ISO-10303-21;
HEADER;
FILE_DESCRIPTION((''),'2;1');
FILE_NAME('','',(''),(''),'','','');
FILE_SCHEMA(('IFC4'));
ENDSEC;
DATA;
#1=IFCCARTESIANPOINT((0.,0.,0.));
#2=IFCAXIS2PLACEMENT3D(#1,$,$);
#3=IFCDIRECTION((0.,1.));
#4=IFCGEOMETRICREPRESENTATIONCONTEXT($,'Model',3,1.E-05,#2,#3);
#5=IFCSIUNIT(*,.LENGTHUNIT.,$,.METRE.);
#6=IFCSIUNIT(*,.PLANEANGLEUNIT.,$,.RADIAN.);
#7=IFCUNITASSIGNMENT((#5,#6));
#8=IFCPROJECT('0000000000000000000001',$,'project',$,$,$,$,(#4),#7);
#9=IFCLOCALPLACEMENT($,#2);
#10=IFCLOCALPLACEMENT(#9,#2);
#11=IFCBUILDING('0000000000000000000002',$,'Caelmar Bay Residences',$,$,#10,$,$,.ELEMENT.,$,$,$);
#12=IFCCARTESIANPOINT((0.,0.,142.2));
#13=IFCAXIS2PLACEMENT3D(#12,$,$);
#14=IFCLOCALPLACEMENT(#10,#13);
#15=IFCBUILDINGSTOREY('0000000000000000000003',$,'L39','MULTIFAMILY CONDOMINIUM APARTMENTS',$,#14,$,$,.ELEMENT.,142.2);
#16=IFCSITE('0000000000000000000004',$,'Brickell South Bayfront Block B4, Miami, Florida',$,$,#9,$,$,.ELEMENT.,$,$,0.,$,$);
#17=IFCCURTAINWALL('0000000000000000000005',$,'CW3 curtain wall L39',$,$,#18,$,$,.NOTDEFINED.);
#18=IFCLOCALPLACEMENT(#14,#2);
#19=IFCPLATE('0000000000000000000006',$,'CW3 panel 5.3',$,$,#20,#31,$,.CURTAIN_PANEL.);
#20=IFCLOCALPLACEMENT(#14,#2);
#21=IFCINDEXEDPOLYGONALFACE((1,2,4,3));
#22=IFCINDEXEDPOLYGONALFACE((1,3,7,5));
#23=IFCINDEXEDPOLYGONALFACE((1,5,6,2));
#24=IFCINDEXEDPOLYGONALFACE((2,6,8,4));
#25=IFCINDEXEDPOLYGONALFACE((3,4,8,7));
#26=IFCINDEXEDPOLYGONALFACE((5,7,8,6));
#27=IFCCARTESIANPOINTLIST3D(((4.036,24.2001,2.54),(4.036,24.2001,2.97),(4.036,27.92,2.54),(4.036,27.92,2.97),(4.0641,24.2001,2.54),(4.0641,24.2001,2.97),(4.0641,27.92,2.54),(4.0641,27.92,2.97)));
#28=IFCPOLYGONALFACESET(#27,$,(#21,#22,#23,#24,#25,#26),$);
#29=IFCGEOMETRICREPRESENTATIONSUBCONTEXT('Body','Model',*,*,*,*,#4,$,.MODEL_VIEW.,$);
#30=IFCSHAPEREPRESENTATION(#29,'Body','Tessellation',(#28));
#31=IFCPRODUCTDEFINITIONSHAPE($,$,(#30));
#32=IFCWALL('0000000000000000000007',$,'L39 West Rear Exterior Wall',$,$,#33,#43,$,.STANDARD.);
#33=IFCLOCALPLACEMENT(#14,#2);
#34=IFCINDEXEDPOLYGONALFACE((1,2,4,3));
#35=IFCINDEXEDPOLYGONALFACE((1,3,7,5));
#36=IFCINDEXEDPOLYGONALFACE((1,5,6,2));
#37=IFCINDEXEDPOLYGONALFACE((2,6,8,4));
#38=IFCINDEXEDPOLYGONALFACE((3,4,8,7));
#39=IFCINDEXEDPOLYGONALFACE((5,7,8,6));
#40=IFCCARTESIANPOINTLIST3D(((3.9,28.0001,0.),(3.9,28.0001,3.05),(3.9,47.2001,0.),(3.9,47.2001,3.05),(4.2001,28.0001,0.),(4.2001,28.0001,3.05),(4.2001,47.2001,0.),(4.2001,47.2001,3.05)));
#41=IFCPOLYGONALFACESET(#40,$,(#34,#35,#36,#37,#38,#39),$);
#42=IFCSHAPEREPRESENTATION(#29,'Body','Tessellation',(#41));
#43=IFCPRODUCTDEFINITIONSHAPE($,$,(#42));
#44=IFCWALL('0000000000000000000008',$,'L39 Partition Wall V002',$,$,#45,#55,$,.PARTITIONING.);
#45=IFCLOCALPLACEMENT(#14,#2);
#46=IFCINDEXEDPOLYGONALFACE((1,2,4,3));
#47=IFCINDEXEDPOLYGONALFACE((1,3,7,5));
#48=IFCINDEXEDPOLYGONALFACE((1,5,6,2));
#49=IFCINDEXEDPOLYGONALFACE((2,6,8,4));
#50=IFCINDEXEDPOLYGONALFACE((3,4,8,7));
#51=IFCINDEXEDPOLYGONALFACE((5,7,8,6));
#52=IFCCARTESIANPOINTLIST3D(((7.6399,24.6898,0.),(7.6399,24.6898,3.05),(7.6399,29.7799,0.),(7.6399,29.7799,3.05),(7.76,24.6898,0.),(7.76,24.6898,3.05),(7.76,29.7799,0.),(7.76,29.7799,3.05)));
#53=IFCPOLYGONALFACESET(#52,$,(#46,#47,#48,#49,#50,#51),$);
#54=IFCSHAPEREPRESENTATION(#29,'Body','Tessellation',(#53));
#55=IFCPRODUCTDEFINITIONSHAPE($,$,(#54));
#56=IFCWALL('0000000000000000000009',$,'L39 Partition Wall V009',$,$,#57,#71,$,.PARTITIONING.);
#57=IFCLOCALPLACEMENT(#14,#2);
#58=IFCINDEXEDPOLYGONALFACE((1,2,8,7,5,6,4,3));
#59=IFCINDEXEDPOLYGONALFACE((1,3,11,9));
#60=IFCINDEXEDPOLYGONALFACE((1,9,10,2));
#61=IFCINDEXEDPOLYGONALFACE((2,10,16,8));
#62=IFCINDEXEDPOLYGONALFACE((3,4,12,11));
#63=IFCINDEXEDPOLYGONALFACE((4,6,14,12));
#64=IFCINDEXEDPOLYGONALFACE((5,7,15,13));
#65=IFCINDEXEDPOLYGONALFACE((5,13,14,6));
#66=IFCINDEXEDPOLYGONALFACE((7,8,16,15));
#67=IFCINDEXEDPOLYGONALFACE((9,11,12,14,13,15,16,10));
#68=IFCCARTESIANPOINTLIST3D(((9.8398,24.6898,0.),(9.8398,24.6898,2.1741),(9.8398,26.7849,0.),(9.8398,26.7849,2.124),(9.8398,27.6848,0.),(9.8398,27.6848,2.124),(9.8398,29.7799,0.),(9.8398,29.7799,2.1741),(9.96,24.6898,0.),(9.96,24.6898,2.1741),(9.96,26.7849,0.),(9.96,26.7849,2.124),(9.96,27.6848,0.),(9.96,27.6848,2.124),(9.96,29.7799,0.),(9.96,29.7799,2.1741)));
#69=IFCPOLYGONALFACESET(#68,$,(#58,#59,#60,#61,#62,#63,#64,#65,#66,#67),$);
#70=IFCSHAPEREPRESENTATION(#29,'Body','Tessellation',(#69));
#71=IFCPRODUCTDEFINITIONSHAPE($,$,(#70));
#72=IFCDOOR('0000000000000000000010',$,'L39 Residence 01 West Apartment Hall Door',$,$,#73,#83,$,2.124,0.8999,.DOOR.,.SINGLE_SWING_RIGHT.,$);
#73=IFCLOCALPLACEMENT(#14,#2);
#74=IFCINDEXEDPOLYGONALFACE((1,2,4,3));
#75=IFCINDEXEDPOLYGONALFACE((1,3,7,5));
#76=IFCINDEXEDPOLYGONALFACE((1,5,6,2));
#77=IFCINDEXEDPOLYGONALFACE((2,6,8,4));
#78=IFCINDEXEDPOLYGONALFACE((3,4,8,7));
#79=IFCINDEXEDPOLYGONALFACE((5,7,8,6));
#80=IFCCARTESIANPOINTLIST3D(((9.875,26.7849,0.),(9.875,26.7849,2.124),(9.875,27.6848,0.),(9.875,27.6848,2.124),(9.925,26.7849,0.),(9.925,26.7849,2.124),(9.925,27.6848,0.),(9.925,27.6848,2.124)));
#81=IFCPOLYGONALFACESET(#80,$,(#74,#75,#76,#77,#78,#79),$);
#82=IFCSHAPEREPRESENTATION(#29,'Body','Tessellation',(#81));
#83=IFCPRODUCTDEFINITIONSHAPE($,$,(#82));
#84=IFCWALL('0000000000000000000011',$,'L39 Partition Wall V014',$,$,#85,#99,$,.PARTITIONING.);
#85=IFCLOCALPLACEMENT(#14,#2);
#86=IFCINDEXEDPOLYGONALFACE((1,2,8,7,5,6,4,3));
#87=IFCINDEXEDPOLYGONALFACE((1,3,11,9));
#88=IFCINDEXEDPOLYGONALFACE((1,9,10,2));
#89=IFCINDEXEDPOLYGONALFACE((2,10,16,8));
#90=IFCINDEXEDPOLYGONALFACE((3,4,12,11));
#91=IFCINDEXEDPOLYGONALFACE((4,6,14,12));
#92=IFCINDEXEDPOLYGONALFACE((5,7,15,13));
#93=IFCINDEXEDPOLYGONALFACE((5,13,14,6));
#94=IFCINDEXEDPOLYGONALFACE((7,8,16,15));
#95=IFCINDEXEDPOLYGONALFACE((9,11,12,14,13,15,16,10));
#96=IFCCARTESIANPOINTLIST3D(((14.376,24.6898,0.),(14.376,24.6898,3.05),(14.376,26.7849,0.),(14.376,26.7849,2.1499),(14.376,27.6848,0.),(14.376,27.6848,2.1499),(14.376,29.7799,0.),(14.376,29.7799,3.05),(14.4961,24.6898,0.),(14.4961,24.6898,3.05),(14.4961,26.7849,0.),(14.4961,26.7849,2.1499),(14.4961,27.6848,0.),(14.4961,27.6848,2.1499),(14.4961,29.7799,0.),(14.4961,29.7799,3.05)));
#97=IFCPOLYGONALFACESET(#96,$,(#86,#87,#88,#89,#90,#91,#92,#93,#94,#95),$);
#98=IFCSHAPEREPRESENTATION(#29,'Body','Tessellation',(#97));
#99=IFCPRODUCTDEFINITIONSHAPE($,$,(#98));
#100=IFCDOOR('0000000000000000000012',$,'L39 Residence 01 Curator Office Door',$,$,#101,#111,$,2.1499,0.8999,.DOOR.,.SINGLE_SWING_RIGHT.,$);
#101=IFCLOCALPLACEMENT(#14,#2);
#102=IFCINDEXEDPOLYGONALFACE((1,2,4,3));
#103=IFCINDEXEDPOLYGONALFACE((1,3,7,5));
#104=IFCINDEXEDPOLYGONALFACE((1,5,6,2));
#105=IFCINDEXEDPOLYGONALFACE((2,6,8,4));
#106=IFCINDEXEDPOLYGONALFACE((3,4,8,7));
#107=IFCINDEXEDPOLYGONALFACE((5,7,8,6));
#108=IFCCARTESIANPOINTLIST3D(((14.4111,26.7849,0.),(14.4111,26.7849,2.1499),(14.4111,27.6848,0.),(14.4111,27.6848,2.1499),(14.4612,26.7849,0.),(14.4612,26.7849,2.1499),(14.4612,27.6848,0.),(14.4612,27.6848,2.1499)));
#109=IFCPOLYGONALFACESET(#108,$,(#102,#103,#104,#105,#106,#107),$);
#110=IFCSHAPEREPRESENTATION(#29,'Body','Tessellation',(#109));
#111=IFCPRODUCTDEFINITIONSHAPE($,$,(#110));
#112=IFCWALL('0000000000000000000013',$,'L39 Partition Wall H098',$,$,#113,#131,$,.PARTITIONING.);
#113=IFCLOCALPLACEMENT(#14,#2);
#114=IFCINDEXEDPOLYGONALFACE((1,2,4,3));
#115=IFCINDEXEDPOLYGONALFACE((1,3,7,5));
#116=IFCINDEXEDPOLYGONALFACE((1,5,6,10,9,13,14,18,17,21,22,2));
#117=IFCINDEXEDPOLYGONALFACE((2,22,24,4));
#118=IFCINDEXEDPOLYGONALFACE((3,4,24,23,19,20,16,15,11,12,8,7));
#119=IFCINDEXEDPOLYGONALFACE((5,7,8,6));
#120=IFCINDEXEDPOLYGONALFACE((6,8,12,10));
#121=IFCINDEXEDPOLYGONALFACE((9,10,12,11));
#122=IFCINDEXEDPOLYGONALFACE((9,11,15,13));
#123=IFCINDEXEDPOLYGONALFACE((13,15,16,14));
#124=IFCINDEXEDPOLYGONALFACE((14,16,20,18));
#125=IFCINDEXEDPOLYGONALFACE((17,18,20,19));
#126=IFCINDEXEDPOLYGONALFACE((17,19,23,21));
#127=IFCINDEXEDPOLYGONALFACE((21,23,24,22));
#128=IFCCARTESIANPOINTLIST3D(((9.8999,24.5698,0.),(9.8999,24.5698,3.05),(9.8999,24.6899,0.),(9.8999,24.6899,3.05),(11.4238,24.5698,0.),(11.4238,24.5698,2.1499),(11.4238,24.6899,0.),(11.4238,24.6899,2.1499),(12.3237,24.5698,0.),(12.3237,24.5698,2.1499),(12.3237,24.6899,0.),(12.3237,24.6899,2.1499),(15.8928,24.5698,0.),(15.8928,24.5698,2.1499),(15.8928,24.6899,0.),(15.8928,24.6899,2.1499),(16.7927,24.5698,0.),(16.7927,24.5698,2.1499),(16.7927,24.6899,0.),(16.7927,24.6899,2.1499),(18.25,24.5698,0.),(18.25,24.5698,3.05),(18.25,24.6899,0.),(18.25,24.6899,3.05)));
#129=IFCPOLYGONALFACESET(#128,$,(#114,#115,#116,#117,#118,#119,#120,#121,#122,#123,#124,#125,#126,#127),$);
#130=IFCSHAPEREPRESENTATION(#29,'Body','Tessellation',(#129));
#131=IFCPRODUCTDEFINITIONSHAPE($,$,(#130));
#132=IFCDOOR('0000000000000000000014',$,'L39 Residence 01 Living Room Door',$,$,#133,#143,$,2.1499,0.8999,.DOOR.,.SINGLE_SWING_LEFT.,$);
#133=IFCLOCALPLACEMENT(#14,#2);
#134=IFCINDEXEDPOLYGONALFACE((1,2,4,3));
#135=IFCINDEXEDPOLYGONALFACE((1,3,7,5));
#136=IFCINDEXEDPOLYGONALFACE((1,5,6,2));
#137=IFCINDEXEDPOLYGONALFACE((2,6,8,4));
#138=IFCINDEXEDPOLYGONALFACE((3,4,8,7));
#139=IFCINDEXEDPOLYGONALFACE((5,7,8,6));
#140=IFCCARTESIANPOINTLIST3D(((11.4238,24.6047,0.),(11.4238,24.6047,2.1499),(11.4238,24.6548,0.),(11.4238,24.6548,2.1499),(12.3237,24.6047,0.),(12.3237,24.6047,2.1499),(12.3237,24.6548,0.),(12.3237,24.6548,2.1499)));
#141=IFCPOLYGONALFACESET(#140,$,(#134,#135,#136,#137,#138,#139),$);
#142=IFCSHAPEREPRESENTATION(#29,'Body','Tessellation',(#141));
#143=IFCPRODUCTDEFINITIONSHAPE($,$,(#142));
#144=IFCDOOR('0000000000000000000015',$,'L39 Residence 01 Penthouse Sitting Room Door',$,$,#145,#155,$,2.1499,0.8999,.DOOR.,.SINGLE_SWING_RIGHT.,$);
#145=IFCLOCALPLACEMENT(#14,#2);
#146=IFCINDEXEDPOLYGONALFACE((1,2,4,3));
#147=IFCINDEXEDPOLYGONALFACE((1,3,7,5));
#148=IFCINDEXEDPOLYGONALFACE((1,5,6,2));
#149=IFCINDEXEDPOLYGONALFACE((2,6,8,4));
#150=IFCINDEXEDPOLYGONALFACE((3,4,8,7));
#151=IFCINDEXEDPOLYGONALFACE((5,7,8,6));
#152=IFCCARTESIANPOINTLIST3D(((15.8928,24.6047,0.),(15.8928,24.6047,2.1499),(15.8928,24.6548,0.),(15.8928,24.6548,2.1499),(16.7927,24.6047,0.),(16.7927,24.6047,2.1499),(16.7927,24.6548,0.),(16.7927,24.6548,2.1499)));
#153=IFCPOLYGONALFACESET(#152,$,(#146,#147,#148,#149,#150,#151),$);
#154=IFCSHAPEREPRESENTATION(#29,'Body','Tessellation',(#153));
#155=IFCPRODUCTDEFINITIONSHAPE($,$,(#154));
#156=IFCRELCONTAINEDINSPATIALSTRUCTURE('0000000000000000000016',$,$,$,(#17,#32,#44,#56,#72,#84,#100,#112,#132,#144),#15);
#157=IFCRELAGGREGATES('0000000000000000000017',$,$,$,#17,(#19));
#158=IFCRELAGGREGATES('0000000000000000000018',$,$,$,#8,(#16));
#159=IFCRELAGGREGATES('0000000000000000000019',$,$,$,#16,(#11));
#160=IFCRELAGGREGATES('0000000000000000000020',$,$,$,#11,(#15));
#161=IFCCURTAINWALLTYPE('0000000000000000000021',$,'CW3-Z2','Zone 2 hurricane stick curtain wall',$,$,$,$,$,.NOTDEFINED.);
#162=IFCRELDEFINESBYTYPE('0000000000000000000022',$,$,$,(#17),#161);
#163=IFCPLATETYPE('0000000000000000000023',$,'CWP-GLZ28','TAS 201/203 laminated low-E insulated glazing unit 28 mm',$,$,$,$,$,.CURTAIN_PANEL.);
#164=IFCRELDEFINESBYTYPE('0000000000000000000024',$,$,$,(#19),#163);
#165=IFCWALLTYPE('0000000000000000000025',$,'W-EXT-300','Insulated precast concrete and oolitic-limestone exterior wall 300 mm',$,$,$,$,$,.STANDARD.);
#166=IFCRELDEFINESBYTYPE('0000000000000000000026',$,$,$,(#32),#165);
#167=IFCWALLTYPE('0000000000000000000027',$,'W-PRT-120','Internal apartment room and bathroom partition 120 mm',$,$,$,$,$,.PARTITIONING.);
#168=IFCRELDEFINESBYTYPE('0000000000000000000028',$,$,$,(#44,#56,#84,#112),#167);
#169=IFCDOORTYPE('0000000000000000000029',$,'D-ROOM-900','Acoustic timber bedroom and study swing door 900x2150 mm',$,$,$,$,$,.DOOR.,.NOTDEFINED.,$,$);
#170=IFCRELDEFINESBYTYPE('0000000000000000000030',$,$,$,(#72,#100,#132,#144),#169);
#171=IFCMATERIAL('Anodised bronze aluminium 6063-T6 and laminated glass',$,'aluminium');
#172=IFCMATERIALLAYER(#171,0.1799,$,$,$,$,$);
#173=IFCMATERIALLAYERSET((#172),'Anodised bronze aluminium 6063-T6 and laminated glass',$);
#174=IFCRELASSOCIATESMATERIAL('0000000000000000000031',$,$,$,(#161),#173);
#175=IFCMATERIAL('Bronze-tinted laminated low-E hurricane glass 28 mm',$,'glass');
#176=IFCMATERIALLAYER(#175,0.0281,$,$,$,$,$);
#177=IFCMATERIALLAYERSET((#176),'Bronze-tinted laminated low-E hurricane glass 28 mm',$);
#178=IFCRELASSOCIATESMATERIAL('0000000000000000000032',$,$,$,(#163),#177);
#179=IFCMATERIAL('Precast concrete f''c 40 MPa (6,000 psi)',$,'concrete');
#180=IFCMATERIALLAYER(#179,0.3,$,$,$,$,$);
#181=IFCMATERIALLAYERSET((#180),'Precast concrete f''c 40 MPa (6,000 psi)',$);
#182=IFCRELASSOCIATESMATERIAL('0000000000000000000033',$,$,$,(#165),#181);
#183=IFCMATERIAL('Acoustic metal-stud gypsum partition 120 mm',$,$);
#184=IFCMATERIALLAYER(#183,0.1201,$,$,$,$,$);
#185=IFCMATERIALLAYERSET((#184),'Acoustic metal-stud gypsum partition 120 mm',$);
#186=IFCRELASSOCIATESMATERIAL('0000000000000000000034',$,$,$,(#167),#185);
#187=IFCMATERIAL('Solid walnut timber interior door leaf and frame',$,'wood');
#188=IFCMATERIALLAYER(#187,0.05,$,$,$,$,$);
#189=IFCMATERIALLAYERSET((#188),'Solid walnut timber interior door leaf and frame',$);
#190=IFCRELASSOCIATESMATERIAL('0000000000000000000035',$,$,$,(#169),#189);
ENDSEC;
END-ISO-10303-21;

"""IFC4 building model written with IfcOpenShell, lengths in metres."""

from ifc_helpers import new_model, si_unit, direction, frame, frame_2d, origin, origin_2d, place, context, subcontext, project, spatial, rectangle, extrude, material, layer, layer_set, type_object, element, fill, aggregate, save


model = new_model("IFC4")

# Units and contexts
model_context = context("Model", 3, precision=1e-05, world=origin(), true_north=direction((0.0, 1.0)))
body_context = subcontext(model_context, "Body", "Model", "MODEL_VIEW")
ifc_project = project(units=[si_unit("LENGTHUNIT", "METRE"), si_unit("PLANEANGLEUNIT", "RADIAN")], contexts=[model_context])

# Site, building, storey
site_placement = place(None, origin())
site = spatial("IfcSite", under=ifc_project, at=site_placement, Name="Brickell South Bayfront Block B4, Miami, Florida", CompositionType="ELEMENT", RefElevation=0.0)
building_placement = place(site_placement, origin())
building = spatial("IfcBuilding", under=site, at=building_placement, Name="Caelmar Bay Residences", CompositionType="ELEMENT")
storey_placement = place(building_placement, frame((0.0, 0.0, 142.2)))
storey = spatial("IfcBuildingStorey", under=building, at=storey_placement, Name="L39", Description="MULTIFAMILY CONDOMINIUM APARTMENTS", CompositionType="ELEMENT", Elevation=142.2)

# Curtain wall, plate
ifc_material_1 = material(Name="Anodised bronze aluminium 6063-T6 and laminated glass", Category="aluminium")
ifc_layer_1 = layer(ifc_material_1, 0.1799)
ifc_layer_set_1 = layer_set([ifc_layer_1], Name="Anodised bronze aluminium 6063-T6 and laminated glass")
curtain_wall_type = type_object("IfcCurtainWallType", Name="CW3-Z2", Description="Zone 2 hurricane stick curtain wall", PredefinedType="NOTDEFINED", material=ifc_layer_set_1)
curtain_wall_placement = place(storey_placement, origin())
curtain_wall = element("IfcCurtainWall", 1, at=curtain_wall_placement, inside=storey, type_object=curtain_wall_type, Name="CW3 curtain wall L39", PredefinedType="NOTDEFINED")
ifc_material_2 = material(Name="Bronze-tinted laminated low-E hurricane glass 28 mm", Category="glass")
ifc_layer_2 = layer(ifc_material_2, 0.0281)
ifc_layer_set_2 = layer_set([ifc_layer_2], Name="Bronze-tinted laminated low-E hurricane glass 28 mm")
plate_type = type_object("IfcPlateType", Name="CWP-GLZ28", Description="TAS 201/203 laminated low-E insulated glazing unit 28 mm", PredefinedType="CURTAIN_PANEL", material=ifc_layer_set_2)
plate_1_placement = place(storey_placement, frame((4.05, 26.0601, 2.54), z_axis=(0.0, 0.0, 1.0), x_axis=(0.0, 1.0, 0.0)))
plate_1 = element("IfcPlate", 2, at=plate_1_placement, type_object=plate_type, Name="CW3 panel 5.3", PredefinedType="CURTAIN_PANEL", context=body_context, shape_type="SweptSolid", body=[
    extrude(rectangle(XDim=3.72, YDim=0.0281, at=origin_2d()), origin(), (0.0, 0.0, 1.0), 0.4299),
])
aggregate(curtain_wall, [plate_1])

# Walls
ifc_material_3 = material(Name="Precast concrete f'c 40 MPa (6,000 psi)", Category="concrete")
ifc_layer_3 = layer(ifc_material_3, 0.3)
ifc_layer_set_3 = layer_set([ifc_layer_3], Name="Precast concrete f'c 40 MPa (6,000 psi)")
wall_type_1 = type_object("IfcWallType", Name="W-EXT-300", Description="Insulated precast concrete and oolitic-limestone exterior wall 300 mm", PredefinedType="STANDARD", material=ifc_layer_set_3)
wall_1_placement = place(storey_placement, frame((4.05, 28.0, 0.0), z_axis=(0.0, 0.0, 1.0), x_axis=(0.0, 1.0, 0.0)))
element("IfcWall", 3, at=wall_1_placement, inside=storey, type_object=wall_type_1, Name="L39 West Rear Exterior Wall", PredefinedType="STANDARD", context=body_context, shape_type="SweptSolid", body=[
    extrude(rectangle(XDim=19.2, YDim=0.3, at=frame_2d((9.6001, 0.0))), origin(), (0.0, 0.0, 1.0), 3.05),
])
ifc_material_4 = material(Name="Acoustic metal-stud gypsum partition 120 mm")
ifc_layer_4 = layer(ifc_material_4, 0.1201)
ifc_layer_set_4 = layer_set([ifc_layer_4], Name="Acoustic metal-stud gypsum partition 120 mm")
wall_type_2 = type_object("IfcWallType", Name="W-PRT-120", Description="Internal apartment room and bathroom partition 120 mm", PredefinedType="PARTITIONING", material=ifc_layer_set_4)
wall_2_placement = place(storey_placement, frame((7.7, 24.6899, 0.0), z_axis=(0.0, 0.0, 1.0), x_axis=(0.0, 1.0, 0.0)))
element("IfcWall", 4, at=wall_2_placement, inside=storey, type_object=wall_type_2, Name="L39 Partition Wall V002", PredefinedType="PARTITIONING", context=body_context, shape_type="SweptSolid", body=[
    extrude(rectangle(XDim=5.0901, YDim=0.1201, at=frame_2d((2.5449, 0.0))), origin(), (0.0, 0.0, 1.0), 3.05),
])

# Walls, openings, doors
wall_3_placement = place(storey_placement, frame((9.8999, 24.6899, 0.0), z_axis=(0.0, 0.0, 1.0), x_axis=(0.0, 1.0, 0.0)))
wall_3 = element("IfcWall", 5, at=wall_3_placement, inside=storey, type_object=wall_type_2, Name="L39 Partition Wall V009", PredefinedType="PARTITIONING", context=body_context, shape_type="SweptSolid", body=[
    extrude(rectangle(XDim=5.0901, YDim=0.1201, at=frame_2d((2.5449, 0.0))), origin(), (0.0, 0.0, 1.0), 2.1741),
])
opening_1_placement = place(wall_3_placement, frame((2.095, 0.0, 0.0)))
opening_1 = element("IfcOpeningElement", 6, at=opening_1_placement, cuts=wall_3, PredefinedType="OPENING", context=body_context, shape_type="SweptSolid", body=[
    extrude(rectangle(XDim=0.8999, YDim=2.124, at=frame_2d((0.45, 1.062))), frame((0.0, 0.0701, 0.0), z_axis=(0.0, -1.0, 0.0), x_axis=(1.0, 0.0, 0.0)), (0.0, 0.0, 1.0), 0.1401),
])
ifc_material_5 = material(Name="Solid walnut timber interior door leaf and frame", Category="wood")
ifc_layer_5 = layer(ifc_material_5, 0.05)
ifc_layer_set_5 = layer_set([ifc_layer_5], Name="Solid walnut timber interior door leaf and frame")
door_type = type_object("IfcDoorType", Name="D-ROOM-900", Description="Acoustic timber bedroom and study swing door 900x2150 mm", OperationType="NOTDEFINED", PredefinedType="DOOR", material=ifc_layer_set_5)
door_1_placement = place(opening_1_placement, origin())
door_1 = element("IfcDoor", 7, at=door_1_placement, inside=storey, type_object=door_type, Name="L39 Residence 01 West Apartment Hall Door", OperationType="SINGLE_SWING_RIGHT", OverallHeight=2.124, OverallWidth=0.8999, PredefinedType="DOOR", context=body_context, shape_type="SweptSolid", body=[
    extrude(rectangle(XDim=0.8999, YDim=2.124, at=frame_2d((0.45, 1.062))), frame((0.0, 0.0249, 0.0), z_axis=(0.0, -1.0, 0.0), x_axis=(1.0, 0.0, 0.0)), (0.0, 0.0, 1.0), 0.05),
])
fill(opening_1, door_1)
wall_4_placement = place(storey_placement, frame((14.436, 24.6899, 0.0), z_axis=(0.0, 0.0, 1.0), x_axis=(0.0, 1.0, 0.0)))
wall_4 = element("IfcWall", 8, at=wall_4_placement, inside=storey, type_object=wall_type_2, Name="L39 Partition Wall V014", PredefinedType="PARTITIONING", context=body_context, shape_type="SweptSolid", body=[
    extrude(rectangle(XDim=5.0901, YDim=0.1201, at=frame_2d((2.5449, 0.0))), origin(), (0.0, 0.0, 1.0), 3.05),
])
opening_2_placement = place(wall_4_placement, frame((2.095, 0.0, 0.0)))
opening_2 = element("IfcOpeningElement", 9, at=opening_2_placement, cuts=wall_4, PredefinedType="OPENING", context=body_context, shape_type="SweptSolid", body=[
    extrude(rectangle(XDim=0.8999, YDim=2.1499, at=frame_2d((0.45, 1.075))), frame((0.0, 0.0701, 0.0), z_axis=(0.0, -1.0, 0.0), x_axis=(1.0, 0.0, 0.0)), (0.0, 0.0, 1.0), 0.1401),
])
door_2_placement = place(opening_2_placement, origin())
door_2 = element("IfcDoor", 10, at=door_2_placement, inside=storey, type_object=door_type, Name="L39 Residence 01 Curator Office Door", OperationType="SINGLE_SWING_RIGHT", OverallHeight=2.1499, OverallWidth=0.8999, PredefinedType="DOOR", context=body_context, shape_type="SweptSolid", body=[
    extrude(rectangle(XDim=0.8999, YDim=2.1499, at=frame_2d((0.45, 1.075))), frame((0.0, 0.0249, 0.0), z_axis=(0.0, -1.0, 0.0), x_axis=(1.0, 0.0, 0.0)), (0.0, 0.0, 1.0), 0.05),
])
fill(opening_2, door_2)

# Wall, openings, doors
wall_5_placement = place(storey_placement, frame((9.8999, 24.6299, 0.0), z_axis=(0.0, 0.0, 1.0), x_axis=(1.0, 0.0, 0.0)))
wall_5 = element("IfcWall", 11, at=wall_5_placement, inside=storey, type_object=wall_type_2, Name="L39 Partition Wall H098", PredefinedType="PARTITIONING", context=body_context, shape_type="SweptSolid", body=[
    extrude(rectangle(XDim=8.3501, YDim=0.1201, at=frame_2d((4.175, 0.0))), origin(), (0.0, 0.0, 1.0), 3.05),
])
opening_3_placement = place(wall_5_placement, frame((1.5239, 0.0, 0.0)))
opening_3 = element("IfcOpeningElement", 12, at=opening_3_placement, cuts=wall_5, PredefinedType="OPENING", context=body_context, shape_type="SweptSolid", body=[
    extrude(rectangle(XDim=0.8999, YDim=2.1499, at=frame_2d((0.45, 1.075))), frame((0.0, 0.0701, 0.0), z_axis=(0.0, -1.0, 0.0), x_axis=(1.0, 0.0, 0.0)), (0.0, 0.0, 1.0), 0.1401),
])
opening_4_placement = place(wall_5_placement, frame((5.9929, 0.0, 0.0)))
opening_4 = element("IfcOpeningElement", 13, at=opening_4_placement, cuts=wall_5, PredefinedType="OPENING", context=body_context, shape_type="SweptSolid", body=[
    extrude(rectangle(XDim=0.8999, YDim=2.1499, at=frame_2d((0.45, 1.075))), frame((0.0, 0.0701, 0.0), z_axis=(0.0, -1.0, 0.0), x_axis=(1.0, 0.0, 0.0)), (0.0, 0.0, 1.0), 0.1401),
])
door_3_placement = place(opening_3_placement, origin())
door_3 = element("IfcDoor", 14, at=door_3_placement, inside=storey, type_object=door_type, Name="L39 Residence 01 Living Room Door", OperationType="SINGLE_SWING_LEFT", OverallHeight=2.1499, OverallWidth=0.8999, PredefinedType="DOOR", context=body_context, shape_type="SweptSolid", body=[
    extrude(rectangle(XDim=0.8999, YDim=2.1499, at=frame_2d((0.45, 1.075))), frame((0.0, 0.0249, 0.0), z_axis=(0.0, -1.0, 0.0), x_axis=(1.0, 0.0, 0.0)), (0.0, 0.0, 1.0), 0.05),
])
fill(opening_3, door_3)
door_4_placement = place(opening_4_placement, origin())
door_4 = element("IfcDoor", 15, at=door_4_placement, inside=storey, type_object=door_type, Name="L39 Residence 01 Penthouse Sitting Room Door", OperationType="SINGLE_SWING_RIGHT", OverallHeight=2.1499, OverallWidth=0.8999, PredefinedType="DOOR", context=body_context, shape_type="SweptSolid", body=[
    extrude(rectangle(XDim=0.8999, YDim=2.1499, at=frame_2d((0.45, 1.075))), frame((0.0, 0.0249, 0.0), z_axis=(0.0, -1.0, 0.0), x_axis=(1.0, 0.0, 0.0)), (0.0, 0.0, 1.0), 0.05),
])
fill(opening_4, door_4)

save(model, "model.ifc")
